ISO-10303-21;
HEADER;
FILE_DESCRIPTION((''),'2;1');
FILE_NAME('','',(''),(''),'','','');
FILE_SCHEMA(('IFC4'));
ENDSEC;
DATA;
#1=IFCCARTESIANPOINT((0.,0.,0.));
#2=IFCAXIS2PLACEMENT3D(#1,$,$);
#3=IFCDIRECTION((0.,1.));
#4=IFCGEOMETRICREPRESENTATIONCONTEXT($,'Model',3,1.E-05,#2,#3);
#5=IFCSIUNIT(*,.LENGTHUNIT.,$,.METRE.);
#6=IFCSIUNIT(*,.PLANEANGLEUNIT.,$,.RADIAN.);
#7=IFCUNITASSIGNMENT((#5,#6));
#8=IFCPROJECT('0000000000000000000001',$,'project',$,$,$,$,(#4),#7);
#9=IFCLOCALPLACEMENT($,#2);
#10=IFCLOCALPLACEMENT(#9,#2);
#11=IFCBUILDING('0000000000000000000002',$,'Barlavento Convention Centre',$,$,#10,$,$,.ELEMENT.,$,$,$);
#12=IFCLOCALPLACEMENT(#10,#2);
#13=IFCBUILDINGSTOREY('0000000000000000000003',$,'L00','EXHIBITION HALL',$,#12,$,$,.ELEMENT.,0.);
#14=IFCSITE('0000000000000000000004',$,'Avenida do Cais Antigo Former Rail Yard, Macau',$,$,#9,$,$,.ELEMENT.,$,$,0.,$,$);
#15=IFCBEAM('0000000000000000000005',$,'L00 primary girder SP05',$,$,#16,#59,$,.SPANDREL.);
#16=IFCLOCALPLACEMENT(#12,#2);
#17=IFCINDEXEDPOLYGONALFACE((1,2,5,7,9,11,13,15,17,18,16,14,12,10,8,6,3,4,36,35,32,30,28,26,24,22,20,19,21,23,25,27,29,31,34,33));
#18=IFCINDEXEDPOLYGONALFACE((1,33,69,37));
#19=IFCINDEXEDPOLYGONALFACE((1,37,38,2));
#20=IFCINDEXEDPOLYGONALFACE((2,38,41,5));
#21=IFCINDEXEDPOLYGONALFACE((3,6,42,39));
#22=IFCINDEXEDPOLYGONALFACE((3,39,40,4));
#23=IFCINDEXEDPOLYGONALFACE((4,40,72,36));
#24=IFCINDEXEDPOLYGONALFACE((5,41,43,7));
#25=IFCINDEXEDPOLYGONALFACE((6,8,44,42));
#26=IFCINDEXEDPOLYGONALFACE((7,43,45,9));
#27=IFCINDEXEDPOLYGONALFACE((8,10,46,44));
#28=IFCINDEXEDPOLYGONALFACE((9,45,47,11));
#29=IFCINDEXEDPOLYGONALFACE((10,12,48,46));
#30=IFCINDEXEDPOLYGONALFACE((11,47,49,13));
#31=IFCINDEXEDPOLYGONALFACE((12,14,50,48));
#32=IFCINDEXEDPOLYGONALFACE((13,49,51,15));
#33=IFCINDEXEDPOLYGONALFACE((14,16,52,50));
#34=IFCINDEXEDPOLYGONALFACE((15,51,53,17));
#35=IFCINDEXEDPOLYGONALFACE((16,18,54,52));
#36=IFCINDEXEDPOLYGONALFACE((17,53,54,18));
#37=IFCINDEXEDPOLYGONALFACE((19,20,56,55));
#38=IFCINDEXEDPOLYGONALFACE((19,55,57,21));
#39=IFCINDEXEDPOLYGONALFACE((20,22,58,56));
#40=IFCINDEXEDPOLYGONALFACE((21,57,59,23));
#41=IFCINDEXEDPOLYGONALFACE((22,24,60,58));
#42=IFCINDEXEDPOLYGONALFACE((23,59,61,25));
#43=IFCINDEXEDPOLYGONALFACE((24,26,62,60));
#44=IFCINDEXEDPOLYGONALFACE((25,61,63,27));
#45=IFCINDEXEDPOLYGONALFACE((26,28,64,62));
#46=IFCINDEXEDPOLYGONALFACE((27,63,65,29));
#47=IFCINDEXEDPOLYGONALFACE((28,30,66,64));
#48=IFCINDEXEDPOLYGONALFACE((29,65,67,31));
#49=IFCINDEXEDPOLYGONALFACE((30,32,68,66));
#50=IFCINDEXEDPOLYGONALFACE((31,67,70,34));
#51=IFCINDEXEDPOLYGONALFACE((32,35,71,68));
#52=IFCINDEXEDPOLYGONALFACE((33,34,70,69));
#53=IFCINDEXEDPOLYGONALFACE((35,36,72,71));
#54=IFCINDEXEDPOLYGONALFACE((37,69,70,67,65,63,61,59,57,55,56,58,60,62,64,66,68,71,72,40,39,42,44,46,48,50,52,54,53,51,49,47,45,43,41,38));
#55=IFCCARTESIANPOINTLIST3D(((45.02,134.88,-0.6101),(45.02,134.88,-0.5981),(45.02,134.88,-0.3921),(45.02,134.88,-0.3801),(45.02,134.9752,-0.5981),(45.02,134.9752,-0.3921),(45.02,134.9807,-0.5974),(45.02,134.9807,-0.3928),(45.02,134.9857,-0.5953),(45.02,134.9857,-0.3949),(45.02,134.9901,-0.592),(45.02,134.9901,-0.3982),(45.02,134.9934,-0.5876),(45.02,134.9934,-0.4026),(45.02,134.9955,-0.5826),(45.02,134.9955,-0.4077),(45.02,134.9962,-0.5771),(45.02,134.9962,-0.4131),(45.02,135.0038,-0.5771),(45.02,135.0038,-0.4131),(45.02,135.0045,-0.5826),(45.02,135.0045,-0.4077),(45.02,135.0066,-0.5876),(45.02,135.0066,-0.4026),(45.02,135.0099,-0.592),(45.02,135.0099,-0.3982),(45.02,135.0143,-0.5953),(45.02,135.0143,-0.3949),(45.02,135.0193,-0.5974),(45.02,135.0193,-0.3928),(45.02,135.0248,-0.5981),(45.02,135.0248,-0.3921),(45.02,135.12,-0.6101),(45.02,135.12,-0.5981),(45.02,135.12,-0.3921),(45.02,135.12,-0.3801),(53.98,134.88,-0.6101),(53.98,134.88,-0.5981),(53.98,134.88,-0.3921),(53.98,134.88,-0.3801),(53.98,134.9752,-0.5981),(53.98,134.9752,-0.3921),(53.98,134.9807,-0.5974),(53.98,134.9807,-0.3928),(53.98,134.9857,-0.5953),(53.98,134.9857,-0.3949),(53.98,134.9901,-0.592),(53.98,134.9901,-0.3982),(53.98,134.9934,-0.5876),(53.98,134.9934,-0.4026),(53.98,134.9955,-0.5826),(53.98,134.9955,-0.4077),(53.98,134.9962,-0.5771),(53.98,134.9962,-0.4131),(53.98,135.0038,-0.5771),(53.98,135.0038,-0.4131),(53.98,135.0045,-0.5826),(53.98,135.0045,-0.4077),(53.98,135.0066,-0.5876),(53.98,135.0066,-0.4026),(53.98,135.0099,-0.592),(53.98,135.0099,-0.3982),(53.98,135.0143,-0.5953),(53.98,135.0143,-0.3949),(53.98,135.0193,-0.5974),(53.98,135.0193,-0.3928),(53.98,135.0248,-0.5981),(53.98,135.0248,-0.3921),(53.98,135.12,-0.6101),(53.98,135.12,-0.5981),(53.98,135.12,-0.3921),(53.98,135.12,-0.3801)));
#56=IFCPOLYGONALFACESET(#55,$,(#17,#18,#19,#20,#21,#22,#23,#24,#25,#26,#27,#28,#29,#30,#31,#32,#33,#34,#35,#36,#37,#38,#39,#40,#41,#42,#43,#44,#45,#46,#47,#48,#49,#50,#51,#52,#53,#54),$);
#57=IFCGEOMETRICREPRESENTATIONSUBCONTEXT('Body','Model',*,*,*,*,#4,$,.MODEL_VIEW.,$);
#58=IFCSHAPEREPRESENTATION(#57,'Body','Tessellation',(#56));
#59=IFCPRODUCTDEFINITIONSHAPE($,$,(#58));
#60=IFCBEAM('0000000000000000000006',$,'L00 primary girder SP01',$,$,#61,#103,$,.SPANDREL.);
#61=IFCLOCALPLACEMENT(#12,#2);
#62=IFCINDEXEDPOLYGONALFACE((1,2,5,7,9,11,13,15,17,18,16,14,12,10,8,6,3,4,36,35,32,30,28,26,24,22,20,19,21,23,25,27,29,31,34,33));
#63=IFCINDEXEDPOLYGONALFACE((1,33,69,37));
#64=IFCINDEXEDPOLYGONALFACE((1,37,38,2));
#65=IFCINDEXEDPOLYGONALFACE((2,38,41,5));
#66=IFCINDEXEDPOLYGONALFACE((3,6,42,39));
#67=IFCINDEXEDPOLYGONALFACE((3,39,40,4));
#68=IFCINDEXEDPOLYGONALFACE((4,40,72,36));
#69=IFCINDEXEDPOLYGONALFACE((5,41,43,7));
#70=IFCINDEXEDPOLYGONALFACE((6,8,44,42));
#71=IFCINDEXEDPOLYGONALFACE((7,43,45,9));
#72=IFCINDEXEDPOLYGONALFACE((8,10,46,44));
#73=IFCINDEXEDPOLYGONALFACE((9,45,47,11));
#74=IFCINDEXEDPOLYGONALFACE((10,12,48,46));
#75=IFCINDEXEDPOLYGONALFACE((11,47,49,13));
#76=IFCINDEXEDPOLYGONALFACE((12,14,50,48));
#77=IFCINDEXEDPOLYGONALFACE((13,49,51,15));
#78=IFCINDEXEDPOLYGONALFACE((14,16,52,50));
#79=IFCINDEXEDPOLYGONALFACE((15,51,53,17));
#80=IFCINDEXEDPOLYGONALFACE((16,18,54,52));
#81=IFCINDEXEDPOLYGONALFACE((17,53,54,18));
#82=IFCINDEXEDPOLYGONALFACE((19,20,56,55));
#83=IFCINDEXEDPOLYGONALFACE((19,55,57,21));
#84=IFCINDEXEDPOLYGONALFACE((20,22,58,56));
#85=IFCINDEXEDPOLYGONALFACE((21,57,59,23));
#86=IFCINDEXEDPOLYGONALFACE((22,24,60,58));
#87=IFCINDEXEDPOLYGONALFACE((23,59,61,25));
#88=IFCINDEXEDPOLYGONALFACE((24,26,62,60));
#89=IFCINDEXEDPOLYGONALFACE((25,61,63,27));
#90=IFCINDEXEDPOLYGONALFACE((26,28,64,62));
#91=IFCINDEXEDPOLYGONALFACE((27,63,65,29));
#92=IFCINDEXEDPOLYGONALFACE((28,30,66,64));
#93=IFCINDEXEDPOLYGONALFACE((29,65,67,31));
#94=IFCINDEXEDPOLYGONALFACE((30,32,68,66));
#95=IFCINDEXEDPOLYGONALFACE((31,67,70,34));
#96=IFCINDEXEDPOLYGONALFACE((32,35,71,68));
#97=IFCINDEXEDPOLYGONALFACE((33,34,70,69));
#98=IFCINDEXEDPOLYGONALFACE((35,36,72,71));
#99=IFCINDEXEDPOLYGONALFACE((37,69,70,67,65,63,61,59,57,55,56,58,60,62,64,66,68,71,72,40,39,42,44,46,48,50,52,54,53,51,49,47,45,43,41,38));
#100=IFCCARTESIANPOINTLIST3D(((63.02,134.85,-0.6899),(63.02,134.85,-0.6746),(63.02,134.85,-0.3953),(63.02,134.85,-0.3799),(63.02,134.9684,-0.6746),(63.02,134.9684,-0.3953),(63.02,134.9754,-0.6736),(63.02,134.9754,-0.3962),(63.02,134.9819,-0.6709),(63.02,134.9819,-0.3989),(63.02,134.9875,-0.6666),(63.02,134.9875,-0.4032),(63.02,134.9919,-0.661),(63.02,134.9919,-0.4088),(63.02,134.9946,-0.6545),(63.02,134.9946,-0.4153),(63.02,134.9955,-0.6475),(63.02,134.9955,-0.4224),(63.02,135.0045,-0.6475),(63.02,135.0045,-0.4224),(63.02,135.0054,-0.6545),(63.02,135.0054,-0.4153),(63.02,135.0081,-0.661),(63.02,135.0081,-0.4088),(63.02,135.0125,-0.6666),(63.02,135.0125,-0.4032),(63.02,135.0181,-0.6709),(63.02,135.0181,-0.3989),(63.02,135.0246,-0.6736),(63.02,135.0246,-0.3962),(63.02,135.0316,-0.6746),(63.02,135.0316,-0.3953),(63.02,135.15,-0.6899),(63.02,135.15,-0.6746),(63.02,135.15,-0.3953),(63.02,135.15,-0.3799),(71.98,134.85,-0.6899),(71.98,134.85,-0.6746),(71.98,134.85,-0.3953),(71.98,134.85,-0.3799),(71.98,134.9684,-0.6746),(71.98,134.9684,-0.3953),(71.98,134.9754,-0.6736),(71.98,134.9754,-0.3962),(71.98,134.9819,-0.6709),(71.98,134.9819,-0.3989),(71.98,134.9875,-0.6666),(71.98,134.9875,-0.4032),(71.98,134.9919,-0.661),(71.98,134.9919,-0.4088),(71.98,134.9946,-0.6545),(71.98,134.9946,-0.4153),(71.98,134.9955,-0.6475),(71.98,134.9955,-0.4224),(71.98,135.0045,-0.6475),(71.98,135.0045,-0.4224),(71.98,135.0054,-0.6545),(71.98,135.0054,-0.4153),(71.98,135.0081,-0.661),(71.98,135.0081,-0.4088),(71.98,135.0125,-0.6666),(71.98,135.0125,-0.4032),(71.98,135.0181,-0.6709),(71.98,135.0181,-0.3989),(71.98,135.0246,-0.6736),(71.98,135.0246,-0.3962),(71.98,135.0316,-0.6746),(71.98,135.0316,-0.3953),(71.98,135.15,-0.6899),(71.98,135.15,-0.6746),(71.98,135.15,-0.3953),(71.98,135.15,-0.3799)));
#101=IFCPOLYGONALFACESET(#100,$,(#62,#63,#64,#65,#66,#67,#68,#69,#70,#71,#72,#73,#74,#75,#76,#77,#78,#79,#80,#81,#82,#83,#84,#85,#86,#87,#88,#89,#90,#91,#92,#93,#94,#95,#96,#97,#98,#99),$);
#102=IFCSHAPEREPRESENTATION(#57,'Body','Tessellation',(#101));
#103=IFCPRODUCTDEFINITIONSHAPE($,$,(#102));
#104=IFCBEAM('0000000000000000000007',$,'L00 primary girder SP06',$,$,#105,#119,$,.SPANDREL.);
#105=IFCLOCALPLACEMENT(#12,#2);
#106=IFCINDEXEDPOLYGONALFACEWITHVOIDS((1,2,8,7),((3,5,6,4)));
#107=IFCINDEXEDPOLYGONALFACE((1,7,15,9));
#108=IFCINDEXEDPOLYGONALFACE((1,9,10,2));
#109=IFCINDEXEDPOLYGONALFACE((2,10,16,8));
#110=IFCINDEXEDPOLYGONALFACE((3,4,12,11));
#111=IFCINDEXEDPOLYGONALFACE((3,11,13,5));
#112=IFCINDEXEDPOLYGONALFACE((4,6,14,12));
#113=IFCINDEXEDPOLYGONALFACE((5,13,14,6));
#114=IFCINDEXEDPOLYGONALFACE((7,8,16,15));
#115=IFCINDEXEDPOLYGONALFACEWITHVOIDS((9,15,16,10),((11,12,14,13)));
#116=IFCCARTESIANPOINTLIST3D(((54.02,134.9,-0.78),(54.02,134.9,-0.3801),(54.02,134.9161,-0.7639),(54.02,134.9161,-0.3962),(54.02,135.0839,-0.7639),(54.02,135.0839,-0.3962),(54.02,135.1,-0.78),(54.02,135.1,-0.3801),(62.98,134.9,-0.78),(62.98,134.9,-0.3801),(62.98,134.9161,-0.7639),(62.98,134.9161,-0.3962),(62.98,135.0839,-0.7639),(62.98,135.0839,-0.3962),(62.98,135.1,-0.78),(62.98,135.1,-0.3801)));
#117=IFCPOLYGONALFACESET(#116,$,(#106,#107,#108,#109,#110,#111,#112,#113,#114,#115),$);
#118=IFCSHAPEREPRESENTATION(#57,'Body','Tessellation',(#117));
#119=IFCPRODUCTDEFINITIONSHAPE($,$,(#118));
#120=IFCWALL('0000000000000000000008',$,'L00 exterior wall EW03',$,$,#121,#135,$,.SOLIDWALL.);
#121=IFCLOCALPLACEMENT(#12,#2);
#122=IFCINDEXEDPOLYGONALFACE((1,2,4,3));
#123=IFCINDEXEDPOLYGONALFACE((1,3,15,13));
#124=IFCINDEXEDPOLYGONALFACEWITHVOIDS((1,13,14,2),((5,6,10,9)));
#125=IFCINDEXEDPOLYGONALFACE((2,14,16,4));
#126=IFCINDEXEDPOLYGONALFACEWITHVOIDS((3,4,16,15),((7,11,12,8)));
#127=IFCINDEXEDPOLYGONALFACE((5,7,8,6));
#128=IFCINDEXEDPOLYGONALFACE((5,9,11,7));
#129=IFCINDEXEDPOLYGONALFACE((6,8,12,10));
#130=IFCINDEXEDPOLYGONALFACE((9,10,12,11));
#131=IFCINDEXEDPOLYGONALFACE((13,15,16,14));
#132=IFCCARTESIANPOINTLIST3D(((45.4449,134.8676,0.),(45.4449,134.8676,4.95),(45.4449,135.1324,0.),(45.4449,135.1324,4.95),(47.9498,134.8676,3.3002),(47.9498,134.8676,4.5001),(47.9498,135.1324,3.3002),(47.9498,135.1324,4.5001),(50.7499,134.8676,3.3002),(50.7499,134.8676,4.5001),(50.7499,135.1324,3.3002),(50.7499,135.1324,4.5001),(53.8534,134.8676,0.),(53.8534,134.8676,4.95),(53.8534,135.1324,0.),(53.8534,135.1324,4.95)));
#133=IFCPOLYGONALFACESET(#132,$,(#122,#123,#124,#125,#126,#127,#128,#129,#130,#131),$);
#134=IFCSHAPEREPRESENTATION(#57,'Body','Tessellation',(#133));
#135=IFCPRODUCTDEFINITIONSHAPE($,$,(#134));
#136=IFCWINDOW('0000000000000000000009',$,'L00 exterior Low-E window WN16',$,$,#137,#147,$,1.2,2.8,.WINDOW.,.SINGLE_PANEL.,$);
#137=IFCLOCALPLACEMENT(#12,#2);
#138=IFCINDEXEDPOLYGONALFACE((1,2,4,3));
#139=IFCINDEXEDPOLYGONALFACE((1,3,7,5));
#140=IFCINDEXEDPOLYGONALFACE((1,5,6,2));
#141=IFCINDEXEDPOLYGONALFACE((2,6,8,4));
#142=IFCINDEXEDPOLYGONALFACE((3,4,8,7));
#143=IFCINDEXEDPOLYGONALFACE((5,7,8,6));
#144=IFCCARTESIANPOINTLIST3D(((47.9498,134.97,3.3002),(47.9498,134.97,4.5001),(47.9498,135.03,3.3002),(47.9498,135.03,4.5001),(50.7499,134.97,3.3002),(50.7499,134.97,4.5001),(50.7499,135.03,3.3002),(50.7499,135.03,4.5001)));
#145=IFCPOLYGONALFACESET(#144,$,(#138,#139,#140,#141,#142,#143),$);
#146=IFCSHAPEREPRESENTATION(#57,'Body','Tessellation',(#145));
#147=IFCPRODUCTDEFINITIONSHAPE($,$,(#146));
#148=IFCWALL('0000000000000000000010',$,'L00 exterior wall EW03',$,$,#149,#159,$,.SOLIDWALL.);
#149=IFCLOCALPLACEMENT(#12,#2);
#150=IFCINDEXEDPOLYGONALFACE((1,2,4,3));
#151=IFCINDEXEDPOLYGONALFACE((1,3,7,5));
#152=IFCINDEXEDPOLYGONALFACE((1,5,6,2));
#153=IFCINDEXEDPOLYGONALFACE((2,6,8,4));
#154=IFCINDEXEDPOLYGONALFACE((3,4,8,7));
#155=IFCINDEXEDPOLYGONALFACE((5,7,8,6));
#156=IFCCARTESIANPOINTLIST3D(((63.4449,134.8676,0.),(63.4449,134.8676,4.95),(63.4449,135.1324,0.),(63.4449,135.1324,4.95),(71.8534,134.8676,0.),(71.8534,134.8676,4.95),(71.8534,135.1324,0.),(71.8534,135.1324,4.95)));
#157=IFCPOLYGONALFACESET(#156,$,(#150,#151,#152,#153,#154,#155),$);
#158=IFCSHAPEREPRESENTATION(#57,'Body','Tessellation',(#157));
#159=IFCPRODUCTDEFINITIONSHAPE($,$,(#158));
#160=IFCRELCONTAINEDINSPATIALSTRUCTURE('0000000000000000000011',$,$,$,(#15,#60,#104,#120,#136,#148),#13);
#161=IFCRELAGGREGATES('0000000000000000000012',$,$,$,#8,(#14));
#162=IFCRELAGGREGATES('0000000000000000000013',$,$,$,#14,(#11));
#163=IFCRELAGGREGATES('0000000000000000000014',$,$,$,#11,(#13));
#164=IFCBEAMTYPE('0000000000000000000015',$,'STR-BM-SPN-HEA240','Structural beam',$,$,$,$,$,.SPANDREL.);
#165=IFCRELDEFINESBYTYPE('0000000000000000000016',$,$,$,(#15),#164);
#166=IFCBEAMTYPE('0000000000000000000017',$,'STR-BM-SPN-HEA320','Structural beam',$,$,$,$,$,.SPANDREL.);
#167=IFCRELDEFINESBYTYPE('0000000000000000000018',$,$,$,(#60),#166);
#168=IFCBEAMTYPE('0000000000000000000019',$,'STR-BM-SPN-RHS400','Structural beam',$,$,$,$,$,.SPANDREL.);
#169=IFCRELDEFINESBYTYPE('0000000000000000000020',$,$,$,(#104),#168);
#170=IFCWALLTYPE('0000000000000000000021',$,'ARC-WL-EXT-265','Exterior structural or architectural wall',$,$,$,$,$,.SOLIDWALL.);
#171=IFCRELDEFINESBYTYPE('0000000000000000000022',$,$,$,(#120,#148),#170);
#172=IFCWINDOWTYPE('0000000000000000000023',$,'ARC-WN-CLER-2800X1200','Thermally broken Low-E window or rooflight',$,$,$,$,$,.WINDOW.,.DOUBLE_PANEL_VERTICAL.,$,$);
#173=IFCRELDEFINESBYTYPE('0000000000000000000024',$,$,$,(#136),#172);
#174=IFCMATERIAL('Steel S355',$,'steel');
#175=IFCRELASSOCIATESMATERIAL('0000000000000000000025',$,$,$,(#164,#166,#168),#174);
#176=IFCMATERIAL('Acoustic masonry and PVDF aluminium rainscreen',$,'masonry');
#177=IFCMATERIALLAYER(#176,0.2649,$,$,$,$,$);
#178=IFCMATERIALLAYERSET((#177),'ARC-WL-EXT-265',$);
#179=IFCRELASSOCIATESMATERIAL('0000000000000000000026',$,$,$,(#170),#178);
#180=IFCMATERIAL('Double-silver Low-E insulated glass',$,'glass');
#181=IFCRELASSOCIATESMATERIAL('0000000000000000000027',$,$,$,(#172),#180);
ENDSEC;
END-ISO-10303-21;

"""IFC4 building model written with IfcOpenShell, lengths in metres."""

from ifc_helpers import new_model, si_unit, direction, frame, frame_2d, origin, origin_2d, place, context, subcontext, project, spatial, rectangle, hollow_rectangle, i_section, extrude, material, layer, layer_set, material_profile, profile_set, type_object, element, fill, save


model = new_model("IFC4")

# Units and contexts
model_context = context("Model", 3, precision=1e-05, world=origin(), true_north=direction((0.0, 1.0)))
body_context = subcontext(model_context, "Body", "Model", "MODEL_VIEW")
ifc_project = project(units=[si_unit("LENGTHUNIT", "METRE"), si_unit("PLANEANGLEUNIT", "RADIAN")], contexts=[model_context])

# Site, building, storey
site_placement = place(None, origin())
site = spatial("IfcSite", under=ifc_project, at=site_placement, Name="Avenida do Cais Antigo Former Rail Yard, Macau", CompositionType="ELEMENT", RefElevation=0.0)
building_placement = place(site_placement, origin())
building = spatial("IfcBuilding", under=site, at=building_placement, Name="Barlavento Convention Centre", CompositionType="ELEMENT")
storey_placement = place(building_placement, origin())
storey = spatial("IfcBuildingStorey", under=building, at=storey_placement, Name="L00", Description="EXHIBITION HALL", CompositionType="ELEMENT", Elevation=0.0)

# Beams
ifc_material_1 = material(Name="Steel S355", Category="steel")
ifc_material_profile_1 = material_profile(ifc_material_1, i_section(OverallWidth=0.24, OverallDepth=0.23, WebThickness=0.0076, FlangeThickness=0.012, FilletRadius=0.021, at=origin_2d()), Name="HEA 240")
ifc_profile_set_1 = profile_set([ifc_material_profile_1], Name="Steel S355")
beam_type_1 = type_object("IfcBeamType", Name="STR-BM-SPN-HEA240", Description="Structural beam", PredefinedType="SPANDREL", material=ifc_profile_set_1)
beam_1_placement = place(storey_placement, frame((45.02, 135.0, -0.4951), z_axis=(1.0, 0.0, 0.0), x_axis=(0.0, 1.0, 0.0)))
element("IfcBeam", 1, at=beam_1_placement, inside=storey, type_object=beam_type_1, Name="L00 primary girder SP05", PredefinedType="SPANDREL", context=body_context, shape_type="SweptSolid", body=[
    extrude(i_section(OverallWidth=0.24, OverallDepth=0.23, WebThickness=0.0076, FlangeThickness=0.012, FilletRadius=0.021, at=origin_2d()), origin(), (0.0, 0.0, 1.0), 8.96),
])
ifc_material_profile_2 = material_profile(ifc_material_1, i_section(OverallWidth=0.3, OverallDepth=0.3101, WebThickness=0.009, FlangeThickness=0.0154, FilletRadius=0.0271, at=origin_2d()), Name="HEA 320")
ifc_profile_set_2 = profile_set([ifc_material_profile_2], Name="Steel S355")
beam_type_2 = type_object("IfcBeamType", Name="STR-BM-SPN-HEA320", Description="Structural beam", PredefinedType="SPANDREL", material=ifc_profile_set_2)
beam_2_placement = place(storey_placement, frame((63.02, 135.0, -0.5349), z_axis=(1.0, 0.0, 0.0), x_axis=(0.0, 1.0, 0.0)))
element("IfcBeam", 2, at=beam_2_placement, inside=storey, type_object=beam_type_2, Name="L00 primary girder SP01", PredefinedType="SPANDREL", context=body_context, shape_type="SweptSolid", body=[
    extrude(i_section(OverallWidth=0.3, OverallDepth=0.3101, WebThickness=0.009, FlangeThickness=0.0154, FilletRadius=0.0271, at=origin_2d()), origin(), (0.0, 0.0, 1.0), 8.96),
])
ifc_material_profile_3 = material_profile(ifc_material_1, hollow_rectangle(XDim=0.2, YDim=0.3999, WallThickness=0.0161, at=origin_2d()), Name="RHS 400x200x16.0")
ifc_profile_set_3 = profile_set([ifc_material_profile_3], Name="Steel S355")
beam_type_3 = type_object("IfcBeamType", Name="STR-BM-SPN-RHS400", Description="Structural beam", PredefinedType="SPANDREL", material=ifc_profile_set_3)
beam_3_placement = place(storey_placement, frame((54.02, 135.0, -0.5801), z_axis=(1.0, 0.0, 0.0), x_axis=(0.0, 1.0, 0.0)))
element("IfcBeam", 3, at=beam_3_placement, inside=storey, type_object=beam_type_3, Name="L00 primary girder SP06", PredefinedType="SPANDREL", context=body_context, shape_type="SweptSolid", body=[
    extrude(hollow_rectangle(XDim=0.2, YDim=0.3999, WallThickness=0.0161, at=origin_2d()), origin(), (0.0, 0.0, 1.0), 8.96),
])

# Wall, opening, window
ifc_material_2 = material(Name="Acoustic masonry and PVDF aluminium rainscreen", Category="masonry")
ifc_layer_1 = layer(ifc_material_2, 0.2649)
ifc_layer_set_1 = layer_set([ifc_layer_1], Name="ARC-WL-EXT-265")
wall_type_1 = type_object("IfcWallType", Name="ARC-WL-EXT-265", Description="Exterior structural or architectural wall", PredefinedType="SOLIDWALL", material=ifc_layer_set_1)
wall_1_placement = place(storey_placement, frame((45.4451, 135.0, 0.0), z_axis=(0.0, 0.0, 1.0), x_axis=(1.0, 0.0, 0.0)))
wall_1 = element("IfcWall", 4, at=wall_1_placement, inside=storey, type_object=wall_type_1, Name="L00 exterior wall EW03", PredefinedType="SOLIDWALL", context=body_context, shape_type="SweptSolid", body=[
    extrude(rectangle(XDim=8.4084, YDim=0.2649, at=frame_2d((4.2041, 0.0))), origin(), (0.0, 0.0, 1.0), 4.95),
])
opening_1_placement = place(wall_1_placement, frame((2.5049, 0.0, 3.3)))
opening_1 = element("IfcOpeningElement", 5, at=opening_1_placement, cuts=wall_1, PredefinedType="OPENING", context=body_context, shape_type="SweptSolid", body=[
    extrude(rectangle(XDim=2.8, YDim=1.2, at=frame_2d((1.3999, 0.6001))), frame((0.0, 0.1423, 0.0), z_axis=(0.0, -1.0, 0.0), x_axis=(1.0, 0.0, 0.0)), (0.0, 0.0, 1.0), 0.2849),
])
ifc_material_3 = material(Name="Double-silver Low-E insulated glass", Category="glass")
window_type = type_object("IfcWindowType", Name="ARC-WN-CLER-2800X1200", Description="Thermally broken Low-E window or rooflight", PartitioningType="DOUBLE_PANEL_VERTICAL", PredefinedType="WINDOW", material=ifc_material_3)
window_placement = place(opening_1_placement, origin())
window = element("IfcWindow", 6, at=window_placement, inside=storey, type_object=window_type, Name="L00 exterior Low-E window WN16", OverallHeight=1.2, OverallWidth=2.8, PartitioningType="SINGLE_PANEL", PredefinedType="WINDOW", context=body_context, shape_type="SweptSolid", body=[
    extrude(rectangle(XDim=2.8, YDim=1.2, at=frame_2d((1.3999, 0.6001))), frame((0.0, 0.03, 0.0), z_axis=(0.0, -1.0, 0.0), x_axis=(1.0, 0.0, 0.0)), (0.0, 0.0, 1.0), 0.0601),
])
fill(opening_1, window)

# Wall
wall_2_placement = place(storey_placement, frame((63.4451, 135.0, 0.0), z_axis=(0.0, 0.0, 1.0), x_axis=(1.0, 0.0, 0.0)))
element("IfcWall", 7, at=wall_2_placement, inside=storey, type_object=wall_type_1, Name="L00 exterior wall EW03", PredefinedType="SOLIDWALL", context=body_context, shape_type="SweptSolid", body=[
    extrude(rectangle(XDim=8.4084, YDim=0.2649, at=frame_2d((4.2041, 0.0))), origin(), (0.0, 0.0, 1.0), 4.95),
])

save(model, "model.ifc")
